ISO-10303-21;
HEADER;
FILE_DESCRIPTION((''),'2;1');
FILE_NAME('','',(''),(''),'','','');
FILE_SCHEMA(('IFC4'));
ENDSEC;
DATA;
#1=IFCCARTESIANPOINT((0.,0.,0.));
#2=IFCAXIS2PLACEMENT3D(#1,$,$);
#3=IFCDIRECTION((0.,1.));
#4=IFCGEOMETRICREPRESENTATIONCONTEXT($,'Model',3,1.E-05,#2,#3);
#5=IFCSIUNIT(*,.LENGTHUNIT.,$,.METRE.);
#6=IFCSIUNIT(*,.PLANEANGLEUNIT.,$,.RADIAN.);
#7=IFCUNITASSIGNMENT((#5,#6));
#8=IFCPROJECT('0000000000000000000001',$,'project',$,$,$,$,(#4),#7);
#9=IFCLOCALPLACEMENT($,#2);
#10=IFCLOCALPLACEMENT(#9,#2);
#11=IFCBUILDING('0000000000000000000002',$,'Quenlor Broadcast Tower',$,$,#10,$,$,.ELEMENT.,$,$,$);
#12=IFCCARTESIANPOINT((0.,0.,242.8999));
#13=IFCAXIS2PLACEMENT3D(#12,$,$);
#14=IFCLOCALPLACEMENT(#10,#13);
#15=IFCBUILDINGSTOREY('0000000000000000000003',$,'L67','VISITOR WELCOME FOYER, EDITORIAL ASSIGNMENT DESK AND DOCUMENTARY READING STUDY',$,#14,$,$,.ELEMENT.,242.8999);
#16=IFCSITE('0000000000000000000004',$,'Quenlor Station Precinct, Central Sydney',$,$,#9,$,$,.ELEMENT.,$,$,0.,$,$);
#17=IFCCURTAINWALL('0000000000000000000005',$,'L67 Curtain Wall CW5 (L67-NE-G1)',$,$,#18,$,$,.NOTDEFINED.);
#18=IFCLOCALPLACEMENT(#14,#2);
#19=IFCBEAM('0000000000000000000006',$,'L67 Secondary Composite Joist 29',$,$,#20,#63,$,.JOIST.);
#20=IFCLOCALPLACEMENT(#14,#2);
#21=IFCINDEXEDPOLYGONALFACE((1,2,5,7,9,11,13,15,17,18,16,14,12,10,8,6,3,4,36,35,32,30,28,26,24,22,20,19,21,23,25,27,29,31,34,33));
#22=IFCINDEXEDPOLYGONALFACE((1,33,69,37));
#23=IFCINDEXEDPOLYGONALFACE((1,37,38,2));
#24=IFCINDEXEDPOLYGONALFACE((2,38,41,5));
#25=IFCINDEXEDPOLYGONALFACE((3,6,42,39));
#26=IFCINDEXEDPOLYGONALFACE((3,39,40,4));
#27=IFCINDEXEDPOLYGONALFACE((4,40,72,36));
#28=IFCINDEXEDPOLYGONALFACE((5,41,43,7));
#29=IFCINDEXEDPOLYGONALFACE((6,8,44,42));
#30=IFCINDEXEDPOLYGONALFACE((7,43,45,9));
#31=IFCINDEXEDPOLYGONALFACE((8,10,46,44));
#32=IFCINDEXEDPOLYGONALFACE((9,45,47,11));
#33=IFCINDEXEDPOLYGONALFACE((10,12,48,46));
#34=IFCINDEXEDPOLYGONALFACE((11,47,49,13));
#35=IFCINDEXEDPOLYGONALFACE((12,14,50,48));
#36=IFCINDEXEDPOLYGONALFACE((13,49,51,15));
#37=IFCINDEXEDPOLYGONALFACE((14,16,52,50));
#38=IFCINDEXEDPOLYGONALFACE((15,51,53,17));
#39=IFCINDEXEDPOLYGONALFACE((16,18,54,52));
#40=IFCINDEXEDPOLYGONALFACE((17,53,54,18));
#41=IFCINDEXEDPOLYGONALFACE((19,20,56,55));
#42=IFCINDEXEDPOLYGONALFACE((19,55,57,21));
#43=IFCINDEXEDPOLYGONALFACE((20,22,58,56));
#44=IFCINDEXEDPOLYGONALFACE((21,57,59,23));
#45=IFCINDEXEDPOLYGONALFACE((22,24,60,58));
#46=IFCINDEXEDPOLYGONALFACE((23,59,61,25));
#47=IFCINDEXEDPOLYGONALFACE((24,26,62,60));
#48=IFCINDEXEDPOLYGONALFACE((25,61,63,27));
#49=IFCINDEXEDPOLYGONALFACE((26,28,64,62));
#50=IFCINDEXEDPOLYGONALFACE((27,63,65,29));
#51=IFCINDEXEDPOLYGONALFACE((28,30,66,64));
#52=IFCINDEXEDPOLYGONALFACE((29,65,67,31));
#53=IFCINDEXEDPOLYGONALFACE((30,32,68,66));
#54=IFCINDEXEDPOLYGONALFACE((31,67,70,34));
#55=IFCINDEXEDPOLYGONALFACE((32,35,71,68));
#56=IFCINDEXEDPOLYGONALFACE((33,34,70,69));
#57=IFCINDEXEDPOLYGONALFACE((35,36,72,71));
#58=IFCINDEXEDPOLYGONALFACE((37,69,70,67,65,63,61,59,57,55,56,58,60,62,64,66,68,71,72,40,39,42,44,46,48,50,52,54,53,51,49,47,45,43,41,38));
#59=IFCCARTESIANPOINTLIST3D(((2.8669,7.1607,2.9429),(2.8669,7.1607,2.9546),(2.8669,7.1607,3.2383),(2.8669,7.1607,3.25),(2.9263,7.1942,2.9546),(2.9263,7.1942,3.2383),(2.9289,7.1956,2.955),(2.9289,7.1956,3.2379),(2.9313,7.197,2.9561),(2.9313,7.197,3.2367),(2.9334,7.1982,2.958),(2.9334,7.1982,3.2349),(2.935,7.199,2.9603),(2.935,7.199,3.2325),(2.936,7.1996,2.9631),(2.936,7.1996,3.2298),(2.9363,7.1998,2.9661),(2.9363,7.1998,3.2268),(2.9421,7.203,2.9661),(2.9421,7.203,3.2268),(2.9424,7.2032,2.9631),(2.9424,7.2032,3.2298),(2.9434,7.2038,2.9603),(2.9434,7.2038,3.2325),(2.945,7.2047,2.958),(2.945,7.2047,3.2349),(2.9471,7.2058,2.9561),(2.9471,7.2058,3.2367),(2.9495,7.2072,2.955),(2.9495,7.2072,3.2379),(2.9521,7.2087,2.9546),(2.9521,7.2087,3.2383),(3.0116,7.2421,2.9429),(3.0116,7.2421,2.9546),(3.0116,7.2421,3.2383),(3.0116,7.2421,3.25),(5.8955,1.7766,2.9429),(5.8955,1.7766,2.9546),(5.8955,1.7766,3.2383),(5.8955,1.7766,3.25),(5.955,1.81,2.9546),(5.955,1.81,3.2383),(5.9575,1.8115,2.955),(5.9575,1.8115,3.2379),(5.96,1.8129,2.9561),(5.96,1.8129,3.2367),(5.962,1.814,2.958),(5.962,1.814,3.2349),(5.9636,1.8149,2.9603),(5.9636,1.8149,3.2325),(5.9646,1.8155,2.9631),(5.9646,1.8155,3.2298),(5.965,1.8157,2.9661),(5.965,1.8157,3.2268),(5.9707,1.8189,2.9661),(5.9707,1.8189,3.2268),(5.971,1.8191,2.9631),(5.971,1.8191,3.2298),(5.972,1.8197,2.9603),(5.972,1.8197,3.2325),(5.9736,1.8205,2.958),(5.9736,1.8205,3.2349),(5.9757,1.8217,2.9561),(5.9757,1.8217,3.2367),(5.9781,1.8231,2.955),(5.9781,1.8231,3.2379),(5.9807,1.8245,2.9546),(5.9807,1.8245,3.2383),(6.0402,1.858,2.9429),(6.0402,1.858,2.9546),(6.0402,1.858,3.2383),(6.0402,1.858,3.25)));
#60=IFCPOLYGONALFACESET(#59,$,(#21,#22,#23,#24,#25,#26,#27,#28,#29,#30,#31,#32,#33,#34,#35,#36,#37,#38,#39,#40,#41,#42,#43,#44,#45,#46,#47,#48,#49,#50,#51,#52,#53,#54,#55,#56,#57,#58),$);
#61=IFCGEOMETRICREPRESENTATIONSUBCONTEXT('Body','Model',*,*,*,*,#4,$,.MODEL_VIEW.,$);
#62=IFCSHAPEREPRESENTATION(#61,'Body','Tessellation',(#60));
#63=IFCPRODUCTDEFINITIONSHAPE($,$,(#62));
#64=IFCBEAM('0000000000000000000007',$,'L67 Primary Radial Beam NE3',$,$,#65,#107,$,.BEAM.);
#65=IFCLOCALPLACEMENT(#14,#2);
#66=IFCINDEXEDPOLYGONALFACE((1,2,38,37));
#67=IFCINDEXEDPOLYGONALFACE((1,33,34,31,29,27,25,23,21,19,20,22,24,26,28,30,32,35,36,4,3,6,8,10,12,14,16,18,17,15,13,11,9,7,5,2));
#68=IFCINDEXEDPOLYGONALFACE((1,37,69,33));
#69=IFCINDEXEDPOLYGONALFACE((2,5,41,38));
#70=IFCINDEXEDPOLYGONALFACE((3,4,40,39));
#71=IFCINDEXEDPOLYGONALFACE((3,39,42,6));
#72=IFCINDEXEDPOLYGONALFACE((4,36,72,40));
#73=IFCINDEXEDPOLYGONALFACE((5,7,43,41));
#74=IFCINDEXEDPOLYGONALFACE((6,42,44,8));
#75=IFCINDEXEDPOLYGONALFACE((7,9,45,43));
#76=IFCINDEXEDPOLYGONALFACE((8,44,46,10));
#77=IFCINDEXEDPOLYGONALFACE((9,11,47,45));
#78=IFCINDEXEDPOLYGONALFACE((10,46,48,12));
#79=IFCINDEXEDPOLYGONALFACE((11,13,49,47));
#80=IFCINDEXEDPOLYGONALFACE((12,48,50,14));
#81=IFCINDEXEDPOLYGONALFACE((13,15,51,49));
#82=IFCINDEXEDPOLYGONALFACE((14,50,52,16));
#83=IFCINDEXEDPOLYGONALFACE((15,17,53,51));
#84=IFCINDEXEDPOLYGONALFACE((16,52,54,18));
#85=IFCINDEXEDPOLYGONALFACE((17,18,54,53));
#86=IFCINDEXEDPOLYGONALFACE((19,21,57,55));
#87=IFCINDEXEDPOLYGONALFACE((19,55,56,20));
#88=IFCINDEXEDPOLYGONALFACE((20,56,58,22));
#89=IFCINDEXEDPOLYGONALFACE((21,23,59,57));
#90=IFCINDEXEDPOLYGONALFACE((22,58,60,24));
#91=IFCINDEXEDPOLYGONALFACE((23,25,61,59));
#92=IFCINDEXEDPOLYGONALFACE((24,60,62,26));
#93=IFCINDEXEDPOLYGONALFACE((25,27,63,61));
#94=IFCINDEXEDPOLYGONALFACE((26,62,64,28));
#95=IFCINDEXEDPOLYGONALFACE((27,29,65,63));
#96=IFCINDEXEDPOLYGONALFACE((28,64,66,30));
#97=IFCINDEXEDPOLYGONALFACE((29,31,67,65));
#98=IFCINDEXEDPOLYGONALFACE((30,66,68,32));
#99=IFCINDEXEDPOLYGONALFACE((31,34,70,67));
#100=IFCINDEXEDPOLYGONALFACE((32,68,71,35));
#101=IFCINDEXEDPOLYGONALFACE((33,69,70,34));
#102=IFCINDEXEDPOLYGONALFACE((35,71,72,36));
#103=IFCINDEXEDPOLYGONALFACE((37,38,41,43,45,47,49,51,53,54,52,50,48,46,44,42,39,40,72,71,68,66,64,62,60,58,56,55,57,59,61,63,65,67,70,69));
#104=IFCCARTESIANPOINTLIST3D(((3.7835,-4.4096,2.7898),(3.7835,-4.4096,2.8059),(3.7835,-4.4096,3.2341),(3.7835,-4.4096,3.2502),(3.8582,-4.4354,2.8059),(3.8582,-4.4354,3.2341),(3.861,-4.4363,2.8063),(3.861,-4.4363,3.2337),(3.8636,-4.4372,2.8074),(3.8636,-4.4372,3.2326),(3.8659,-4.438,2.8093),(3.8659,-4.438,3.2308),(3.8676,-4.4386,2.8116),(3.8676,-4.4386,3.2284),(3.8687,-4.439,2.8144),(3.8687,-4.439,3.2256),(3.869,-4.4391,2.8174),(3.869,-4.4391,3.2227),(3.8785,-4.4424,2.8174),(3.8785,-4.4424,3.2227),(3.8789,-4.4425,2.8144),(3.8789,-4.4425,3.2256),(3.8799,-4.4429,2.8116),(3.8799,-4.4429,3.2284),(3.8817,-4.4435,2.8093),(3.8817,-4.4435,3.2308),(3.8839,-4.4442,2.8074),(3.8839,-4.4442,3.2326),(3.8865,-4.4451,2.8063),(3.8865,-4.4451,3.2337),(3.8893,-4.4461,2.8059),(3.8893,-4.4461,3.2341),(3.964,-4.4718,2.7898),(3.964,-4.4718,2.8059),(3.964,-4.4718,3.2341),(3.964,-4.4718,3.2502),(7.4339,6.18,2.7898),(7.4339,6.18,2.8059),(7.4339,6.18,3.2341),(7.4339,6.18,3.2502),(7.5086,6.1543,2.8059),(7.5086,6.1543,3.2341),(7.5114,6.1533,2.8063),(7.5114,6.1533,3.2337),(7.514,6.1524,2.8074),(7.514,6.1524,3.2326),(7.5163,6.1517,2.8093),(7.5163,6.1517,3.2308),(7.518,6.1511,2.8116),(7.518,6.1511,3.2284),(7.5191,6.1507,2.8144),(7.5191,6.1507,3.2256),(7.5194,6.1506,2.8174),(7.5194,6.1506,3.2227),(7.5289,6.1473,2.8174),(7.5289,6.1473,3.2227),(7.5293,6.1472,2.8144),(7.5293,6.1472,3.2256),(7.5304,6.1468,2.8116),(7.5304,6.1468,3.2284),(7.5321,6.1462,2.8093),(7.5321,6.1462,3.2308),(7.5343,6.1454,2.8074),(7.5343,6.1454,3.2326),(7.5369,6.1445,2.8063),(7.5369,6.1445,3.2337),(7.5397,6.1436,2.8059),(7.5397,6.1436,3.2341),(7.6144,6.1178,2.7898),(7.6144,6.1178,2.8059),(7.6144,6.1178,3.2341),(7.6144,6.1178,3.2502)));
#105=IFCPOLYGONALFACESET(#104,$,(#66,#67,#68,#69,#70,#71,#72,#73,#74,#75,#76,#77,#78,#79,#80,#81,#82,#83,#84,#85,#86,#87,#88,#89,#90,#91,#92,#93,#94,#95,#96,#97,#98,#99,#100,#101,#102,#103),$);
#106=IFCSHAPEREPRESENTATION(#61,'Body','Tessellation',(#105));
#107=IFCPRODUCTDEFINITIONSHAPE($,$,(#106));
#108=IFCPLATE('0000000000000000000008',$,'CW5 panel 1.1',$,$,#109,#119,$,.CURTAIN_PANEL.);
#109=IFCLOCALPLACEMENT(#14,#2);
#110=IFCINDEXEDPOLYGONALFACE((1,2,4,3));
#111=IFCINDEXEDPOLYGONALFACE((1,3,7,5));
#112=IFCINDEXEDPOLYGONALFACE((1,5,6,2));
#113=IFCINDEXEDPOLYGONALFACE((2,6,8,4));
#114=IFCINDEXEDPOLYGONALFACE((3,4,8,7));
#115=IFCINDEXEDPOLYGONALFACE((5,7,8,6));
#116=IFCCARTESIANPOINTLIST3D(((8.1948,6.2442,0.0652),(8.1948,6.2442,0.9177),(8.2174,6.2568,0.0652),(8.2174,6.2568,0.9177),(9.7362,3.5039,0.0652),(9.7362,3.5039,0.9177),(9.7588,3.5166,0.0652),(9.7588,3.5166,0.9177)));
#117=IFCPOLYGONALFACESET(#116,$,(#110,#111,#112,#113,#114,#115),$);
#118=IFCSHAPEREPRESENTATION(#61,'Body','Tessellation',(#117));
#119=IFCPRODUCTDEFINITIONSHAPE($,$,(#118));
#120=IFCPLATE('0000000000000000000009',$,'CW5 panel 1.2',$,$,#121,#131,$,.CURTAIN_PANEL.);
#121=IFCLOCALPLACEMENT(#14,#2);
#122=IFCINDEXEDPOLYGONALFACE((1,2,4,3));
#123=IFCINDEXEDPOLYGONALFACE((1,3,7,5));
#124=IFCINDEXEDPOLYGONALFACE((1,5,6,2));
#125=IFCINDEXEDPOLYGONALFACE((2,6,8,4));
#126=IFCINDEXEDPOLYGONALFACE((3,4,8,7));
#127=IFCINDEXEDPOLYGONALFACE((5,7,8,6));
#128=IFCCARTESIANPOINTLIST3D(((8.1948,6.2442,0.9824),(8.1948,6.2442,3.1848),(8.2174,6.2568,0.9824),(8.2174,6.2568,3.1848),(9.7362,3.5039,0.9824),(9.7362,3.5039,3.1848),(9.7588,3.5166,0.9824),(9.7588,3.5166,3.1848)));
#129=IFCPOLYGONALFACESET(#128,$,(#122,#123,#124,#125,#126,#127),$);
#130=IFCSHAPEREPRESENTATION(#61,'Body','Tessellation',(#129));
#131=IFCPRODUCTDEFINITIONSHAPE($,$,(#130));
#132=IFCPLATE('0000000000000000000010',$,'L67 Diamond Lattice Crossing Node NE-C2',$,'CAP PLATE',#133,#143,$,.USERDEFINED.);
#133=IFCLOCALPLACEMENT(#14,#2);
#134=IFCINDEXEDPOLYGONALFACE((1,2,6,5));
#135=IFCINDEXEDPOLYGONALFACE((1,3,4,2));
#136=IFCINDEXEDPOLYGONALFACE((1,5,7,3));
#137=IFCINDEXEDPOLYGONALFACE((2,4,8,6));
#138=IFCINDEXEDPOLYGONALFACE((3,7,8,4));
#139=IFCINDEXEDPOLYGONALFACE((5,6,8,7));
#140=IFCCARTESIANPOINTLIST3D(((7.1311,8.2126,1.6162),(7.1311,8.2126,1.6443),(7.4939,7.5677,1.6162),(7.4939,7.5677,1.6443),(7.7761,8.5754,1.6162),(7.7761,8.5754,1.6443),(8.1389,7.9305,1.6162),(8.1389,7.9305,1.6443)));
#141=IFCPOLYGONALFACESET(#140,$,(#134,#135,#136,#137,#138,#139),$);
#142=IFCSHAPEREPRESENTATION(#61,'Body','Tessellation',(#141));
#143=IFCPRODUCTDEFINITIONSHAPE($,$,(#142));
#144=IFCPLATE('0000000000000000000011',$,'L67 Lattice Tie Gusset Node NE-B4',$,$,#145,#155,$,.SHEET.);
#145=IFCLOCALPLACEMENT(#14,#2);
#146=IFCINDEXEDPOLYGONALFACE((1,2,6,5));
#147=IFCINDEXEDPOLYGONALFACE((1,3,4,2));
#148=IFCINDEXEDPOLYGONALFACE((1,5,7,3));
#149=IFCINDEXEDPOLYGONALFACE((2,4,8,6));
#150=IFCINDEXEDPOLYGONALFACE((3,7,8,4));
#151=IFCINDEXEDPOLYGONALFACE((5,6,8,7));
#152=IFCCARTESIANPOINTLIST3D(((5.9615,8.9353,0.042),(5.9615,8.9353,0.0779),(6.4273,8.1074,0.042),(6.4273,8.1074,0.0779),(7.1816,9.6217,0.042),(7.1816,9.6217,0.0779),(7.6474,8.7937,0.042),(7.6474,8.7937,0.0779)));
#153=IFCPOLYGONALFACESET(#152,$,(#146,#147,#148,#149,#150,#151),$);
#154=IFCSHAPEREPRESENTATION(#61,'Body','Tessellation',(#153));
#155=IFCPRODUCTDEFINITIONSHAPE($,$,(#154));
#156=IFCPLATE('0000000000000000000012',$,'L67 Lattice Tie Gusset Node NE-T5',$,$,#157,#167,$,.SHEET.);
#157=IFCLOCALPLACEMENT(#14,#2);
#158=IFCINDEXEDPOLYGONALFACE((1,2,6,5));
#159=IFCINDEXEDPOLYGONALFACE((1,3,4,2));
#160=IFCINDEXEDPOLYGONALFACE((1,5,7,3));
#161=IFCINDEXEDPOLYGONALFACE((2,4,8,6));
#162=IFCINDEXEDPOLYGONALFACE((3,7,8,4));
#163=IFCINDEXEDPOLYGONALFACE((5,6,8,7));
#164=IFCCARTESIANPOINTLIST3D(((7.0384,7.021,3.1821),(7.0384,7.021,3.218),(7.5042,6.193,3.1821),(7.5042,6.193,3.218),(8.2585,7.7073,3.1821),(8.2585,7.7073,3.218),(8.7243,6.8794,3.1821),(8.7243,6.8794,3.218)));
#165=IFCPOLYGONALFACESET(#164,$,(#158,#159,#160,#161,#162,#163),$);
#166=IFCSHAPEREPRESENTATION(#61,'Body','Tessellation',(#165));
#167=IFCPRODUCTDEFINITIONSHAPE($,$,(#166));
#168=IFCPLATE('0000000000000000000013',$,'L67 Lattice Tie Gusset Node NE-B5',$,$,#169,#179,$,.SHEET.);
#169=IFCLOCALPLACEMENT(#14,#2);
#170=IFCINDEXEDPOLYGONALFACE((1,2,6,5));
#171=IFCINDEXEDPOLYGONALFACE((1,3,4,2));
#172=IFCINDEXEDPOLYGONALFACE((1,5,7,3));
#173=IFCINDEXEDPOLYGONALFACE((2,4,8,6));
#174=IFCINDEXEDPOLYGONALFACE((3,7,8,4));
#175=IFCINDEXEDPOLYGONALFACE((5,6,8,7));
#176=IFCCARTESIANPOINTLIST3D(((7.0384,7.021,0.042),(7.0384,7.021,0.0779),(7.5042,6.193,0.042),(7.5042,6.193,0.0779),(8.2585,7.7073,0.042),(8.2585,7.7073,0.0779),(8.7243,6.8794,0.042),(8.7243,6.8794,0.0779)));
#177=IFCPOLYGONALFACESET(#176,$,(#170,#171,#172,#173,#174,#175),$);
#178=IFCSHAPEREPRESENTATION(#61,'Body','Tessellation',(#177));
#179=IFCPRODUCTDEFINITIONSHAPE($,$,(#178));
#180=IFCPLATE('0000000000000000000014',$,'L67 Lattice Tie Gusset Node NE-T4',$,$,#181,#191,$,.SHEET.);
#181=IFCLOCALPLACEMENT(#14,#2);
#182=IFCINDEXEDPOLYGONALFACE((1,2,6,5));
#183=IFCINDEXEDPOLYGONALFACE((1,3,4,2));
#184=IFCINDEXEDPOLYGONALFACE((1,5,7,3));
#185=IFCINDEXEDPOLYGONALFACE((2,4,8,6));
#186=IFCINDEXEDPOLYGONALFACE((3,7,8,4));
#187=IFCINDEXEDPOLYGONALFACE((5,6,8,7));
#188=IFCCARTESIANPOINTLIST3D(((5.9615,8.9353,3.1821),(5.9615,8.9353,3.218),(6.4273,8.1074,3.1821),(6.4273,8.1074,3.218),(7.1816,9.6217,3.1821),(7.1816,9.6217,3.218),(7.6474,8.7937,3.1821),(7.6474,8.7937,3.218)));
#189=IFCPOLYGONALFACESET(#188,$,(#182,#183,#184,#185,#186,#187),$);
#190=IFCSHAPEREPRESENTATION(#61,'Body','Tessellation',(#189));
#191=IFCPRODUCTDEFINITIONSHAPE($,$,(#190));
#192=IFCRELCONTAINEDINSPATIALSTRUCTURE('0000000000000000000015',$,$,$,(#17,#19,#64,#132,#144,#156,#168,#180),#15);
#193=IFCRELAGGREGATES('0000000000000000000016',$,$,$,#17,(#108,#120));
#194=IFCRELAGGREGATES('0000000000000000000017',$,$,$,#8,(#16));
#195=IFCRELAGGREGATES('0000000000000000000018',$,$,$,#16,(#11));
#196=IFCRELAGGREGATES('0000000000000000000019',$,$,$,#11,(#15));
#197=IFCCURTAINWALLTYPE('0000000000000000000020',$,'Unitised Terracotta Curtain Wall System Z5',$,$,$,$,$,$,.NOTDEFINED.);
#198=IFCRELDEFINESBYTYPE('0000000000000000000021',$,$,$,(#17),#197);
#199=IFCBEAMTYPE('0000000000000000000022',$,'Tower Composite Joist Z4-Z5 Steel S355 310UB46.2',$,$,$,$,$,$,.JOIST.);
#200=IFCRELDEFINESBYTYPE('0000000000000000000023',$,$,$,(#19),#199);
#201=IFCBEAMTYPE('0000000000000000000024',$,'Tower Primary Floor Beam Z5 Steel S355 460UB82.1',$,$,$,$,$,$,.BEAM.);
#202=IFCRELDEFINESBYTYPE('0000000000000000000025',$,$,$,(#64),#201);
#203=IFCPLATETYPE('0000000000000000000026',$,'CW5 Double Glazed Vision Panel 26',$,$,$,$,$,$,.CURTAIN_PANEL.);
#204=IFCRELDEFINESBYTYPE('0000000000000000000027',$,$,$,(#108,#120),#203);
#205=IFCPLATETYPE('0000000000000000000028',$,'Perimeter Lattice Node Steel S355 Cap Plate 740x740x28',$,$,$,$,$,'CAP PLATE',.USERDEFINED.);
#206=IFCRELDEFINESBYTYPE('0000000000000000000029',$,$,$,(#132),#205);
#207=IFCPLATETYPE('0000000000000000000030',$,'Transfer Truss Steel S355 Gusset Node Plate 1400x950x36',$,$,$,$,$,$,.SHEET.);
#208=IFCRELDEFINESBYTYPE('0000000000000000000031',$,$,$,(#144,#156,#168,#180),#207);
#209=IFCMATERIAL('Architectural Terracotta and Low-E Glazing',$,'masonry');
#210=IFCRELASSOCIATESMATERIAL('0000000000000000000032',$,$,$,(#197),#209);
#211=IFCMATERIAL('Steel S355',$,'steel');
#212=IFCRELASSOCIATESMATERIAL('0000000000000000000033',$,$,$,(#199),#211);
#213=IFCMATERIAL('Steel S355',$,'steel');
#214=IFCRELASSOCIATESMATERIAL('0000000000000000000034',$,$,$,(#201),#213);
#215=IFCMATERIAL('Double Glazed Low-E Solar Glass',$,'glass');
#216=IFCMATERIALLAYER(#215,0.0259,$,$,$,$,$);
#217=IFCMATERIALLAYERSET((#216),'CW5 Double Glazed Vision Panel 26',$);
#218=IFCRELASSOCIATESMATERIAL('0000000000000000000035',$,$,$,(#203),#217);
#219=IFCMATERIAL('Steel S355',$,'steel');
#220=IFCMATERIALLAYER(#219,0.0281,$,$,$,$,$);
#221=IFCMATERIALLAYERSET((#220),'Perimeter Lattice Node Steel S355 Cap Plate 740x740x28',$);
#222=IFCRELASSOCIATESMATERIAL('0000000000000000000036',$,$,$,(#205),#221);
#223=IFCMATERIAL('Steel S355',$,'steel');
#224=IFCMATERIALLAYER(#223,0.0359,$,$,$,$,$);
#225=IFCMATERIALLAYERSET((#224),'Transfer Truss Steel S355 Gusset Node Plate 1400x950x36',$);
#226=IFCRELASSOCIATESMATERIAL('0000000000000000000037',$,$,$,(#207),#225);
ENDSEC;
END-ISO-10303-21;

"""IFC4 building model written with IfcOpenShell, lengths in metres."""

from ifc_helpers import new_model, si_unit, direction, frame, origin, origin_2d, place, context, subcontext, project, spatial, rectangle, i_section, extrude, material, layer, layer_set, material_profile, profile_set, type_object, element, aggregate, save


model = new_model("IFC4")

# Units and contexts
model_context = context("Model", 3, precision=1e-05, world=origin(), true_north=direction((0.0, 1.0)))
body_context = subcontext(model_context, "Body", "Model", "MODEL_VIEW")
ifc_project = project(units=[si_unit("LENGTHUNIT", "METRE"), si_unit("PLANEANGLEUNIT", "RADIAN")], contexts=[model_context])

# Site, building, storey
site_placement = place(None, origin())
site = spatial("IfcSite", under=ifc_project, at=site_placement, Name="Quenlor Station Precinct, Central Sydney", CompositionType="ELEMENT", RefElevation=0.0)
building_placement = place(site_placement, origin())
building = spatial("IfcBuilding", under=site, at=building_placement, Name="Quenlor Broadcast Tower", CompositionType="ELEMENT")
storey_placement = place(building_placement, frame((0.0, 0.0, 242.8999)))
storey = spatial("IfcBuildingStorey", under=building, at=storey_placement, Name="L67", Description="VISITOR WELCOME FOYER, EDITORIAL ASSIGNMENT DESK AND DOCUMENTARY READING STUDY", CompositionType="ELEMENT", Elevation=242.8999)

# Shared definitions
ifc_material_1 = material(Name="Architectural Terracotta and Low-E Glazing", Category="masonry")
curtain_wall_type = type_object("IfcCurtainWallType", Name="Unitised Terracotta Curtain Wall System Z5", PredefinedType="NOTDEFINED", material=ifc_material_1)

# Curtain wall
curtain_wall_1_placement = place(storey_placement, origin())
curtain_wall_1 = element("IfcCurtainWall", 1, at=curtain_wall_1_placement, inside=storey, type_object=curtain_wall_type, Name="L67 Curtain Wall CW5 (L67-NE-G1)", PredefinedType="NOTDEFINED")

# Beams
ifc_material_2 = material(Name="Steel S355", Category="steel")
ifc_material_profile_1 = material_profile(ifc_material_2, i_section(OverallWidth=0.166, OverallDepth=0.3071, WebThickness=0.0066, FlangeThickness=0.0117, FilletRadius=0.0115, at=origin_2d()))
ifc_profile_set_1 = profile_set([ifc_material_profile_1], Name="Steel S355 310UB46.2")
beam_type_1 = type_object("IfcBeamType", Name="Tower Composite Joist Z4-Z5 Steel S355 310UB46.2", PredefinedType="JOIST", material=ifc_profile_set_1)
beam_1_placement = place(storey_placement, frame((2.9392, 7.2014, 3.0964), z_axis=(0.490267, -0.871572, 0.0), x_axis=(0.871572, 0.490267, 0.0)))
element("IfcBeam", 2, at=beam_1_placement, inside=storey, type_object=beam_type_1, Name="L67 Secondary Composite Joist 29", PredefinedType="JOIST", context=body_context, shape_type="SweptSolid", body=[
    extrude(i_section(OverallWidth=0.166, OverallDepth=0.3071, WebThickness=0.0066, FlangeThickness=0.0117, FilletRadius=0.0115, at=origin_2d()), origin(), (0.0, 0.0, 1.0), 6.1775),
])
ifc_material_3 = material(Name="Steel S355", Category="steel")
ifc_material_profile_2 = material_profile(ifc_material_3, i_section(OverallWidth=0.1909, OverallDepth=0.4604, WebThickness=0.01, FlangeThickness=0.0161, FilletRadius=0.0115, at=origin_2d()))
ifc_profile_set_2 = profile_set([ifc_material_profile_2], Name="Steel S355 460UB82.1")
beam_type_2 = type_object("IfcBeamType", Name="Tower Primary Floor Beam Z5 Steel S355 460UB82.1", PredefinedType="BEAM", material=ifc_profile_set_2)
beam_2_placement = place(storey_placement, frame((7.5242, 6.1489, 3.02), z_axis=(-0.325895, -0.945406, 0.0), x_axis=(0.945406, -0.325895, 0.0)))
element("IfcBeam", 3, at=beam_2_placement, inside=storey, type_object=beam_type_2, Name="L67 Primary Radial Beam NE3", PredefinedType="BEAM", context=body_context, shape_type="SweptSolid", body=[
    extrude(i_section(OverallWidth=0.1909, OverallDepth=0.4604, WebThickness=0.01, FlangeThickness=0.0161, FilletRadius=0.0115, at=origin_2d()), origin(), (0.0, 0.0, 1.0), 11.2012),
])

# Plates
ifc_material_4 = material(Name="Double Glazed Low-E Solar Glass", Category="glass")
ifc_layer_1 = layer(ifc_material_4, 0.0259)
ifc_layer_set_1 = layer_set([ifc_layer_1], Name="CW5 Double Glazed Vision Panel 26")
plate_type_1 = type_object("IfcPlateType", Name="CW5 Double Glazed Vision Panel 26", PredefinedType="CURTAIN_PANEL", material=ifc_layer_set_1)
plate_1_placement = place(storey_placement, frame((8.9768, 4.8804, 0.0652), z_axis=(0.0, 0.0, 1.0), x_axis=(0.490263, -0.871575, 0.0)))
plate_1 = element("IfcPlate", 4, at=plate_1_placement, type_object=plate_type_1, Name="CW5 panel 1.1", PredefinedType="CURTAIN_PANEL", context=body_context, shape_type="SweptSolid", body=[
    extrude(rectangle(XDim=3.144, YDim=0.0259, at=origin_2d()), origin(), (0.0, 0.0, 1.0), 0.8525),
])
plate_2_placement = place(storey_placement, frame((8.9768, 4.8804, 0.9824), z_axis=(0.0, 0.0, 1.0), x_axis=(0.490263, -0.871575, 0.0)))
plate_2 = element("IfcPlate", 5, at=plate_2_placement, type_object=plate_type_1, Name="CW5 panel 1.2", PredefinedType="CURTAIN_PANEL", context=body_context, shape_type="SweptSolid", body=[
    extrude(rectangle(XDim=3.144, YDim=0.0259, at=origin_2d()), origin(), (0.0, 0.0, 1.0), 2.2024),
])
aggregate(curtain_wall_1, [plate_1, plate_2])

# Plates
ifc_material_5 = material(Name="Steel S355", Category="steel")
ifc_layer_2 = layer(ifc_material_5, 0.0281)
ifc_layer_set_2 = layer_set([ifc_layer_2], Name="Perimeter Lattice Node Steel S355 Cap Plate 740x740x28")
plate_type_2 = type_object("IfcPlateType", Name="Perimeter Lattice Node Steel S355 Cap Plate 740x740x28", ElementType="CAP PLATE", PredefinedType="USERDEFINED", material=ifc_layer_set_2)
plate_3_placement = place(storey_placement, frame((7.635, 8.0715, 1.6162), z_axis=(0.0, 0.0, 1.0), x_axis=(0.490295, -0.871556, 0.0)))
element("IfcPlate", 6, at=plate_3_placement, inside=storey, type_object=plate_type_2, Name="L67 Diamond Lattice Crossing Node NE-C2", ObjectType="CAP PLATE", PredefinedType="USERDEFINED", context=body_context, shape_type="SweptSolid", body=[
    extrude(rectangle(XDim=0.74, YDim=0.74, at=origin_2d()), origin(), (0.0, 0.0, 1.0), 0.0281),
])
ifc_material_6 = material(Name="Steel S355", Category="steel")
ifc_layer_3 = layer(ifc_material_6, 0.0359)
ifc_layer_set_3 = layer_set([ifc_layer_3], Name="Transfer Truss Steel S355 Gusset Node Plate 1400x950x36")
plate_type_3 = type_object("IfcPlateType", Name="Transfer Truss Steel S355 Gusset Node Plate 1400x950x36", PredefinedType="SHEET", material=ifc_layer_set_3)
for number, where, z_axis, x_axis, name in (
    (7, (6.8044, 8.8645, 0.042), (0.0, 0.0, 1.0), (0.871556, 0.490295, 0.0), "L67 Lattice Tie Gusset Node NE-B4"),
    (8, (7.8813, 6.9502, 3.1821), (0.0, 0.0, 1.0), (0.871556, 0.490295, 0.0), "L67 Lattice Tie Gusset Node NE-T5"),
    (9, (7.8813, 6.9502, 0.042), (0.0, 0.0, 1.0), (0.871556, 0.490295, 0.0), "L67 Lattice Tie Gusset Node NE-B5"),
    (10, (6.8044, 8.8645, 3.1821), (0.0, 0.0, 1.0), (0.871556, 0.490295, 0.0), "L67 Lattice Tie Gusset Node NE-T4"),
):
    element("IfcPlate", number, at=place(storey_placement, frame(where, z_axis=z_axis, x_axis=x_axis)), inside=storey, type_object=plate_type_3, Name=name, PredefinedType="SHEET", context=body_context, shape_type="SweptSolid", body=[
        extrude(rectangle(XDim=1.3999, YDim=0.95, at=origin_2d()), origin(), (0.0, 0.0, 1.0), 0.0359),
    ])

save(model, "model.ifc")
